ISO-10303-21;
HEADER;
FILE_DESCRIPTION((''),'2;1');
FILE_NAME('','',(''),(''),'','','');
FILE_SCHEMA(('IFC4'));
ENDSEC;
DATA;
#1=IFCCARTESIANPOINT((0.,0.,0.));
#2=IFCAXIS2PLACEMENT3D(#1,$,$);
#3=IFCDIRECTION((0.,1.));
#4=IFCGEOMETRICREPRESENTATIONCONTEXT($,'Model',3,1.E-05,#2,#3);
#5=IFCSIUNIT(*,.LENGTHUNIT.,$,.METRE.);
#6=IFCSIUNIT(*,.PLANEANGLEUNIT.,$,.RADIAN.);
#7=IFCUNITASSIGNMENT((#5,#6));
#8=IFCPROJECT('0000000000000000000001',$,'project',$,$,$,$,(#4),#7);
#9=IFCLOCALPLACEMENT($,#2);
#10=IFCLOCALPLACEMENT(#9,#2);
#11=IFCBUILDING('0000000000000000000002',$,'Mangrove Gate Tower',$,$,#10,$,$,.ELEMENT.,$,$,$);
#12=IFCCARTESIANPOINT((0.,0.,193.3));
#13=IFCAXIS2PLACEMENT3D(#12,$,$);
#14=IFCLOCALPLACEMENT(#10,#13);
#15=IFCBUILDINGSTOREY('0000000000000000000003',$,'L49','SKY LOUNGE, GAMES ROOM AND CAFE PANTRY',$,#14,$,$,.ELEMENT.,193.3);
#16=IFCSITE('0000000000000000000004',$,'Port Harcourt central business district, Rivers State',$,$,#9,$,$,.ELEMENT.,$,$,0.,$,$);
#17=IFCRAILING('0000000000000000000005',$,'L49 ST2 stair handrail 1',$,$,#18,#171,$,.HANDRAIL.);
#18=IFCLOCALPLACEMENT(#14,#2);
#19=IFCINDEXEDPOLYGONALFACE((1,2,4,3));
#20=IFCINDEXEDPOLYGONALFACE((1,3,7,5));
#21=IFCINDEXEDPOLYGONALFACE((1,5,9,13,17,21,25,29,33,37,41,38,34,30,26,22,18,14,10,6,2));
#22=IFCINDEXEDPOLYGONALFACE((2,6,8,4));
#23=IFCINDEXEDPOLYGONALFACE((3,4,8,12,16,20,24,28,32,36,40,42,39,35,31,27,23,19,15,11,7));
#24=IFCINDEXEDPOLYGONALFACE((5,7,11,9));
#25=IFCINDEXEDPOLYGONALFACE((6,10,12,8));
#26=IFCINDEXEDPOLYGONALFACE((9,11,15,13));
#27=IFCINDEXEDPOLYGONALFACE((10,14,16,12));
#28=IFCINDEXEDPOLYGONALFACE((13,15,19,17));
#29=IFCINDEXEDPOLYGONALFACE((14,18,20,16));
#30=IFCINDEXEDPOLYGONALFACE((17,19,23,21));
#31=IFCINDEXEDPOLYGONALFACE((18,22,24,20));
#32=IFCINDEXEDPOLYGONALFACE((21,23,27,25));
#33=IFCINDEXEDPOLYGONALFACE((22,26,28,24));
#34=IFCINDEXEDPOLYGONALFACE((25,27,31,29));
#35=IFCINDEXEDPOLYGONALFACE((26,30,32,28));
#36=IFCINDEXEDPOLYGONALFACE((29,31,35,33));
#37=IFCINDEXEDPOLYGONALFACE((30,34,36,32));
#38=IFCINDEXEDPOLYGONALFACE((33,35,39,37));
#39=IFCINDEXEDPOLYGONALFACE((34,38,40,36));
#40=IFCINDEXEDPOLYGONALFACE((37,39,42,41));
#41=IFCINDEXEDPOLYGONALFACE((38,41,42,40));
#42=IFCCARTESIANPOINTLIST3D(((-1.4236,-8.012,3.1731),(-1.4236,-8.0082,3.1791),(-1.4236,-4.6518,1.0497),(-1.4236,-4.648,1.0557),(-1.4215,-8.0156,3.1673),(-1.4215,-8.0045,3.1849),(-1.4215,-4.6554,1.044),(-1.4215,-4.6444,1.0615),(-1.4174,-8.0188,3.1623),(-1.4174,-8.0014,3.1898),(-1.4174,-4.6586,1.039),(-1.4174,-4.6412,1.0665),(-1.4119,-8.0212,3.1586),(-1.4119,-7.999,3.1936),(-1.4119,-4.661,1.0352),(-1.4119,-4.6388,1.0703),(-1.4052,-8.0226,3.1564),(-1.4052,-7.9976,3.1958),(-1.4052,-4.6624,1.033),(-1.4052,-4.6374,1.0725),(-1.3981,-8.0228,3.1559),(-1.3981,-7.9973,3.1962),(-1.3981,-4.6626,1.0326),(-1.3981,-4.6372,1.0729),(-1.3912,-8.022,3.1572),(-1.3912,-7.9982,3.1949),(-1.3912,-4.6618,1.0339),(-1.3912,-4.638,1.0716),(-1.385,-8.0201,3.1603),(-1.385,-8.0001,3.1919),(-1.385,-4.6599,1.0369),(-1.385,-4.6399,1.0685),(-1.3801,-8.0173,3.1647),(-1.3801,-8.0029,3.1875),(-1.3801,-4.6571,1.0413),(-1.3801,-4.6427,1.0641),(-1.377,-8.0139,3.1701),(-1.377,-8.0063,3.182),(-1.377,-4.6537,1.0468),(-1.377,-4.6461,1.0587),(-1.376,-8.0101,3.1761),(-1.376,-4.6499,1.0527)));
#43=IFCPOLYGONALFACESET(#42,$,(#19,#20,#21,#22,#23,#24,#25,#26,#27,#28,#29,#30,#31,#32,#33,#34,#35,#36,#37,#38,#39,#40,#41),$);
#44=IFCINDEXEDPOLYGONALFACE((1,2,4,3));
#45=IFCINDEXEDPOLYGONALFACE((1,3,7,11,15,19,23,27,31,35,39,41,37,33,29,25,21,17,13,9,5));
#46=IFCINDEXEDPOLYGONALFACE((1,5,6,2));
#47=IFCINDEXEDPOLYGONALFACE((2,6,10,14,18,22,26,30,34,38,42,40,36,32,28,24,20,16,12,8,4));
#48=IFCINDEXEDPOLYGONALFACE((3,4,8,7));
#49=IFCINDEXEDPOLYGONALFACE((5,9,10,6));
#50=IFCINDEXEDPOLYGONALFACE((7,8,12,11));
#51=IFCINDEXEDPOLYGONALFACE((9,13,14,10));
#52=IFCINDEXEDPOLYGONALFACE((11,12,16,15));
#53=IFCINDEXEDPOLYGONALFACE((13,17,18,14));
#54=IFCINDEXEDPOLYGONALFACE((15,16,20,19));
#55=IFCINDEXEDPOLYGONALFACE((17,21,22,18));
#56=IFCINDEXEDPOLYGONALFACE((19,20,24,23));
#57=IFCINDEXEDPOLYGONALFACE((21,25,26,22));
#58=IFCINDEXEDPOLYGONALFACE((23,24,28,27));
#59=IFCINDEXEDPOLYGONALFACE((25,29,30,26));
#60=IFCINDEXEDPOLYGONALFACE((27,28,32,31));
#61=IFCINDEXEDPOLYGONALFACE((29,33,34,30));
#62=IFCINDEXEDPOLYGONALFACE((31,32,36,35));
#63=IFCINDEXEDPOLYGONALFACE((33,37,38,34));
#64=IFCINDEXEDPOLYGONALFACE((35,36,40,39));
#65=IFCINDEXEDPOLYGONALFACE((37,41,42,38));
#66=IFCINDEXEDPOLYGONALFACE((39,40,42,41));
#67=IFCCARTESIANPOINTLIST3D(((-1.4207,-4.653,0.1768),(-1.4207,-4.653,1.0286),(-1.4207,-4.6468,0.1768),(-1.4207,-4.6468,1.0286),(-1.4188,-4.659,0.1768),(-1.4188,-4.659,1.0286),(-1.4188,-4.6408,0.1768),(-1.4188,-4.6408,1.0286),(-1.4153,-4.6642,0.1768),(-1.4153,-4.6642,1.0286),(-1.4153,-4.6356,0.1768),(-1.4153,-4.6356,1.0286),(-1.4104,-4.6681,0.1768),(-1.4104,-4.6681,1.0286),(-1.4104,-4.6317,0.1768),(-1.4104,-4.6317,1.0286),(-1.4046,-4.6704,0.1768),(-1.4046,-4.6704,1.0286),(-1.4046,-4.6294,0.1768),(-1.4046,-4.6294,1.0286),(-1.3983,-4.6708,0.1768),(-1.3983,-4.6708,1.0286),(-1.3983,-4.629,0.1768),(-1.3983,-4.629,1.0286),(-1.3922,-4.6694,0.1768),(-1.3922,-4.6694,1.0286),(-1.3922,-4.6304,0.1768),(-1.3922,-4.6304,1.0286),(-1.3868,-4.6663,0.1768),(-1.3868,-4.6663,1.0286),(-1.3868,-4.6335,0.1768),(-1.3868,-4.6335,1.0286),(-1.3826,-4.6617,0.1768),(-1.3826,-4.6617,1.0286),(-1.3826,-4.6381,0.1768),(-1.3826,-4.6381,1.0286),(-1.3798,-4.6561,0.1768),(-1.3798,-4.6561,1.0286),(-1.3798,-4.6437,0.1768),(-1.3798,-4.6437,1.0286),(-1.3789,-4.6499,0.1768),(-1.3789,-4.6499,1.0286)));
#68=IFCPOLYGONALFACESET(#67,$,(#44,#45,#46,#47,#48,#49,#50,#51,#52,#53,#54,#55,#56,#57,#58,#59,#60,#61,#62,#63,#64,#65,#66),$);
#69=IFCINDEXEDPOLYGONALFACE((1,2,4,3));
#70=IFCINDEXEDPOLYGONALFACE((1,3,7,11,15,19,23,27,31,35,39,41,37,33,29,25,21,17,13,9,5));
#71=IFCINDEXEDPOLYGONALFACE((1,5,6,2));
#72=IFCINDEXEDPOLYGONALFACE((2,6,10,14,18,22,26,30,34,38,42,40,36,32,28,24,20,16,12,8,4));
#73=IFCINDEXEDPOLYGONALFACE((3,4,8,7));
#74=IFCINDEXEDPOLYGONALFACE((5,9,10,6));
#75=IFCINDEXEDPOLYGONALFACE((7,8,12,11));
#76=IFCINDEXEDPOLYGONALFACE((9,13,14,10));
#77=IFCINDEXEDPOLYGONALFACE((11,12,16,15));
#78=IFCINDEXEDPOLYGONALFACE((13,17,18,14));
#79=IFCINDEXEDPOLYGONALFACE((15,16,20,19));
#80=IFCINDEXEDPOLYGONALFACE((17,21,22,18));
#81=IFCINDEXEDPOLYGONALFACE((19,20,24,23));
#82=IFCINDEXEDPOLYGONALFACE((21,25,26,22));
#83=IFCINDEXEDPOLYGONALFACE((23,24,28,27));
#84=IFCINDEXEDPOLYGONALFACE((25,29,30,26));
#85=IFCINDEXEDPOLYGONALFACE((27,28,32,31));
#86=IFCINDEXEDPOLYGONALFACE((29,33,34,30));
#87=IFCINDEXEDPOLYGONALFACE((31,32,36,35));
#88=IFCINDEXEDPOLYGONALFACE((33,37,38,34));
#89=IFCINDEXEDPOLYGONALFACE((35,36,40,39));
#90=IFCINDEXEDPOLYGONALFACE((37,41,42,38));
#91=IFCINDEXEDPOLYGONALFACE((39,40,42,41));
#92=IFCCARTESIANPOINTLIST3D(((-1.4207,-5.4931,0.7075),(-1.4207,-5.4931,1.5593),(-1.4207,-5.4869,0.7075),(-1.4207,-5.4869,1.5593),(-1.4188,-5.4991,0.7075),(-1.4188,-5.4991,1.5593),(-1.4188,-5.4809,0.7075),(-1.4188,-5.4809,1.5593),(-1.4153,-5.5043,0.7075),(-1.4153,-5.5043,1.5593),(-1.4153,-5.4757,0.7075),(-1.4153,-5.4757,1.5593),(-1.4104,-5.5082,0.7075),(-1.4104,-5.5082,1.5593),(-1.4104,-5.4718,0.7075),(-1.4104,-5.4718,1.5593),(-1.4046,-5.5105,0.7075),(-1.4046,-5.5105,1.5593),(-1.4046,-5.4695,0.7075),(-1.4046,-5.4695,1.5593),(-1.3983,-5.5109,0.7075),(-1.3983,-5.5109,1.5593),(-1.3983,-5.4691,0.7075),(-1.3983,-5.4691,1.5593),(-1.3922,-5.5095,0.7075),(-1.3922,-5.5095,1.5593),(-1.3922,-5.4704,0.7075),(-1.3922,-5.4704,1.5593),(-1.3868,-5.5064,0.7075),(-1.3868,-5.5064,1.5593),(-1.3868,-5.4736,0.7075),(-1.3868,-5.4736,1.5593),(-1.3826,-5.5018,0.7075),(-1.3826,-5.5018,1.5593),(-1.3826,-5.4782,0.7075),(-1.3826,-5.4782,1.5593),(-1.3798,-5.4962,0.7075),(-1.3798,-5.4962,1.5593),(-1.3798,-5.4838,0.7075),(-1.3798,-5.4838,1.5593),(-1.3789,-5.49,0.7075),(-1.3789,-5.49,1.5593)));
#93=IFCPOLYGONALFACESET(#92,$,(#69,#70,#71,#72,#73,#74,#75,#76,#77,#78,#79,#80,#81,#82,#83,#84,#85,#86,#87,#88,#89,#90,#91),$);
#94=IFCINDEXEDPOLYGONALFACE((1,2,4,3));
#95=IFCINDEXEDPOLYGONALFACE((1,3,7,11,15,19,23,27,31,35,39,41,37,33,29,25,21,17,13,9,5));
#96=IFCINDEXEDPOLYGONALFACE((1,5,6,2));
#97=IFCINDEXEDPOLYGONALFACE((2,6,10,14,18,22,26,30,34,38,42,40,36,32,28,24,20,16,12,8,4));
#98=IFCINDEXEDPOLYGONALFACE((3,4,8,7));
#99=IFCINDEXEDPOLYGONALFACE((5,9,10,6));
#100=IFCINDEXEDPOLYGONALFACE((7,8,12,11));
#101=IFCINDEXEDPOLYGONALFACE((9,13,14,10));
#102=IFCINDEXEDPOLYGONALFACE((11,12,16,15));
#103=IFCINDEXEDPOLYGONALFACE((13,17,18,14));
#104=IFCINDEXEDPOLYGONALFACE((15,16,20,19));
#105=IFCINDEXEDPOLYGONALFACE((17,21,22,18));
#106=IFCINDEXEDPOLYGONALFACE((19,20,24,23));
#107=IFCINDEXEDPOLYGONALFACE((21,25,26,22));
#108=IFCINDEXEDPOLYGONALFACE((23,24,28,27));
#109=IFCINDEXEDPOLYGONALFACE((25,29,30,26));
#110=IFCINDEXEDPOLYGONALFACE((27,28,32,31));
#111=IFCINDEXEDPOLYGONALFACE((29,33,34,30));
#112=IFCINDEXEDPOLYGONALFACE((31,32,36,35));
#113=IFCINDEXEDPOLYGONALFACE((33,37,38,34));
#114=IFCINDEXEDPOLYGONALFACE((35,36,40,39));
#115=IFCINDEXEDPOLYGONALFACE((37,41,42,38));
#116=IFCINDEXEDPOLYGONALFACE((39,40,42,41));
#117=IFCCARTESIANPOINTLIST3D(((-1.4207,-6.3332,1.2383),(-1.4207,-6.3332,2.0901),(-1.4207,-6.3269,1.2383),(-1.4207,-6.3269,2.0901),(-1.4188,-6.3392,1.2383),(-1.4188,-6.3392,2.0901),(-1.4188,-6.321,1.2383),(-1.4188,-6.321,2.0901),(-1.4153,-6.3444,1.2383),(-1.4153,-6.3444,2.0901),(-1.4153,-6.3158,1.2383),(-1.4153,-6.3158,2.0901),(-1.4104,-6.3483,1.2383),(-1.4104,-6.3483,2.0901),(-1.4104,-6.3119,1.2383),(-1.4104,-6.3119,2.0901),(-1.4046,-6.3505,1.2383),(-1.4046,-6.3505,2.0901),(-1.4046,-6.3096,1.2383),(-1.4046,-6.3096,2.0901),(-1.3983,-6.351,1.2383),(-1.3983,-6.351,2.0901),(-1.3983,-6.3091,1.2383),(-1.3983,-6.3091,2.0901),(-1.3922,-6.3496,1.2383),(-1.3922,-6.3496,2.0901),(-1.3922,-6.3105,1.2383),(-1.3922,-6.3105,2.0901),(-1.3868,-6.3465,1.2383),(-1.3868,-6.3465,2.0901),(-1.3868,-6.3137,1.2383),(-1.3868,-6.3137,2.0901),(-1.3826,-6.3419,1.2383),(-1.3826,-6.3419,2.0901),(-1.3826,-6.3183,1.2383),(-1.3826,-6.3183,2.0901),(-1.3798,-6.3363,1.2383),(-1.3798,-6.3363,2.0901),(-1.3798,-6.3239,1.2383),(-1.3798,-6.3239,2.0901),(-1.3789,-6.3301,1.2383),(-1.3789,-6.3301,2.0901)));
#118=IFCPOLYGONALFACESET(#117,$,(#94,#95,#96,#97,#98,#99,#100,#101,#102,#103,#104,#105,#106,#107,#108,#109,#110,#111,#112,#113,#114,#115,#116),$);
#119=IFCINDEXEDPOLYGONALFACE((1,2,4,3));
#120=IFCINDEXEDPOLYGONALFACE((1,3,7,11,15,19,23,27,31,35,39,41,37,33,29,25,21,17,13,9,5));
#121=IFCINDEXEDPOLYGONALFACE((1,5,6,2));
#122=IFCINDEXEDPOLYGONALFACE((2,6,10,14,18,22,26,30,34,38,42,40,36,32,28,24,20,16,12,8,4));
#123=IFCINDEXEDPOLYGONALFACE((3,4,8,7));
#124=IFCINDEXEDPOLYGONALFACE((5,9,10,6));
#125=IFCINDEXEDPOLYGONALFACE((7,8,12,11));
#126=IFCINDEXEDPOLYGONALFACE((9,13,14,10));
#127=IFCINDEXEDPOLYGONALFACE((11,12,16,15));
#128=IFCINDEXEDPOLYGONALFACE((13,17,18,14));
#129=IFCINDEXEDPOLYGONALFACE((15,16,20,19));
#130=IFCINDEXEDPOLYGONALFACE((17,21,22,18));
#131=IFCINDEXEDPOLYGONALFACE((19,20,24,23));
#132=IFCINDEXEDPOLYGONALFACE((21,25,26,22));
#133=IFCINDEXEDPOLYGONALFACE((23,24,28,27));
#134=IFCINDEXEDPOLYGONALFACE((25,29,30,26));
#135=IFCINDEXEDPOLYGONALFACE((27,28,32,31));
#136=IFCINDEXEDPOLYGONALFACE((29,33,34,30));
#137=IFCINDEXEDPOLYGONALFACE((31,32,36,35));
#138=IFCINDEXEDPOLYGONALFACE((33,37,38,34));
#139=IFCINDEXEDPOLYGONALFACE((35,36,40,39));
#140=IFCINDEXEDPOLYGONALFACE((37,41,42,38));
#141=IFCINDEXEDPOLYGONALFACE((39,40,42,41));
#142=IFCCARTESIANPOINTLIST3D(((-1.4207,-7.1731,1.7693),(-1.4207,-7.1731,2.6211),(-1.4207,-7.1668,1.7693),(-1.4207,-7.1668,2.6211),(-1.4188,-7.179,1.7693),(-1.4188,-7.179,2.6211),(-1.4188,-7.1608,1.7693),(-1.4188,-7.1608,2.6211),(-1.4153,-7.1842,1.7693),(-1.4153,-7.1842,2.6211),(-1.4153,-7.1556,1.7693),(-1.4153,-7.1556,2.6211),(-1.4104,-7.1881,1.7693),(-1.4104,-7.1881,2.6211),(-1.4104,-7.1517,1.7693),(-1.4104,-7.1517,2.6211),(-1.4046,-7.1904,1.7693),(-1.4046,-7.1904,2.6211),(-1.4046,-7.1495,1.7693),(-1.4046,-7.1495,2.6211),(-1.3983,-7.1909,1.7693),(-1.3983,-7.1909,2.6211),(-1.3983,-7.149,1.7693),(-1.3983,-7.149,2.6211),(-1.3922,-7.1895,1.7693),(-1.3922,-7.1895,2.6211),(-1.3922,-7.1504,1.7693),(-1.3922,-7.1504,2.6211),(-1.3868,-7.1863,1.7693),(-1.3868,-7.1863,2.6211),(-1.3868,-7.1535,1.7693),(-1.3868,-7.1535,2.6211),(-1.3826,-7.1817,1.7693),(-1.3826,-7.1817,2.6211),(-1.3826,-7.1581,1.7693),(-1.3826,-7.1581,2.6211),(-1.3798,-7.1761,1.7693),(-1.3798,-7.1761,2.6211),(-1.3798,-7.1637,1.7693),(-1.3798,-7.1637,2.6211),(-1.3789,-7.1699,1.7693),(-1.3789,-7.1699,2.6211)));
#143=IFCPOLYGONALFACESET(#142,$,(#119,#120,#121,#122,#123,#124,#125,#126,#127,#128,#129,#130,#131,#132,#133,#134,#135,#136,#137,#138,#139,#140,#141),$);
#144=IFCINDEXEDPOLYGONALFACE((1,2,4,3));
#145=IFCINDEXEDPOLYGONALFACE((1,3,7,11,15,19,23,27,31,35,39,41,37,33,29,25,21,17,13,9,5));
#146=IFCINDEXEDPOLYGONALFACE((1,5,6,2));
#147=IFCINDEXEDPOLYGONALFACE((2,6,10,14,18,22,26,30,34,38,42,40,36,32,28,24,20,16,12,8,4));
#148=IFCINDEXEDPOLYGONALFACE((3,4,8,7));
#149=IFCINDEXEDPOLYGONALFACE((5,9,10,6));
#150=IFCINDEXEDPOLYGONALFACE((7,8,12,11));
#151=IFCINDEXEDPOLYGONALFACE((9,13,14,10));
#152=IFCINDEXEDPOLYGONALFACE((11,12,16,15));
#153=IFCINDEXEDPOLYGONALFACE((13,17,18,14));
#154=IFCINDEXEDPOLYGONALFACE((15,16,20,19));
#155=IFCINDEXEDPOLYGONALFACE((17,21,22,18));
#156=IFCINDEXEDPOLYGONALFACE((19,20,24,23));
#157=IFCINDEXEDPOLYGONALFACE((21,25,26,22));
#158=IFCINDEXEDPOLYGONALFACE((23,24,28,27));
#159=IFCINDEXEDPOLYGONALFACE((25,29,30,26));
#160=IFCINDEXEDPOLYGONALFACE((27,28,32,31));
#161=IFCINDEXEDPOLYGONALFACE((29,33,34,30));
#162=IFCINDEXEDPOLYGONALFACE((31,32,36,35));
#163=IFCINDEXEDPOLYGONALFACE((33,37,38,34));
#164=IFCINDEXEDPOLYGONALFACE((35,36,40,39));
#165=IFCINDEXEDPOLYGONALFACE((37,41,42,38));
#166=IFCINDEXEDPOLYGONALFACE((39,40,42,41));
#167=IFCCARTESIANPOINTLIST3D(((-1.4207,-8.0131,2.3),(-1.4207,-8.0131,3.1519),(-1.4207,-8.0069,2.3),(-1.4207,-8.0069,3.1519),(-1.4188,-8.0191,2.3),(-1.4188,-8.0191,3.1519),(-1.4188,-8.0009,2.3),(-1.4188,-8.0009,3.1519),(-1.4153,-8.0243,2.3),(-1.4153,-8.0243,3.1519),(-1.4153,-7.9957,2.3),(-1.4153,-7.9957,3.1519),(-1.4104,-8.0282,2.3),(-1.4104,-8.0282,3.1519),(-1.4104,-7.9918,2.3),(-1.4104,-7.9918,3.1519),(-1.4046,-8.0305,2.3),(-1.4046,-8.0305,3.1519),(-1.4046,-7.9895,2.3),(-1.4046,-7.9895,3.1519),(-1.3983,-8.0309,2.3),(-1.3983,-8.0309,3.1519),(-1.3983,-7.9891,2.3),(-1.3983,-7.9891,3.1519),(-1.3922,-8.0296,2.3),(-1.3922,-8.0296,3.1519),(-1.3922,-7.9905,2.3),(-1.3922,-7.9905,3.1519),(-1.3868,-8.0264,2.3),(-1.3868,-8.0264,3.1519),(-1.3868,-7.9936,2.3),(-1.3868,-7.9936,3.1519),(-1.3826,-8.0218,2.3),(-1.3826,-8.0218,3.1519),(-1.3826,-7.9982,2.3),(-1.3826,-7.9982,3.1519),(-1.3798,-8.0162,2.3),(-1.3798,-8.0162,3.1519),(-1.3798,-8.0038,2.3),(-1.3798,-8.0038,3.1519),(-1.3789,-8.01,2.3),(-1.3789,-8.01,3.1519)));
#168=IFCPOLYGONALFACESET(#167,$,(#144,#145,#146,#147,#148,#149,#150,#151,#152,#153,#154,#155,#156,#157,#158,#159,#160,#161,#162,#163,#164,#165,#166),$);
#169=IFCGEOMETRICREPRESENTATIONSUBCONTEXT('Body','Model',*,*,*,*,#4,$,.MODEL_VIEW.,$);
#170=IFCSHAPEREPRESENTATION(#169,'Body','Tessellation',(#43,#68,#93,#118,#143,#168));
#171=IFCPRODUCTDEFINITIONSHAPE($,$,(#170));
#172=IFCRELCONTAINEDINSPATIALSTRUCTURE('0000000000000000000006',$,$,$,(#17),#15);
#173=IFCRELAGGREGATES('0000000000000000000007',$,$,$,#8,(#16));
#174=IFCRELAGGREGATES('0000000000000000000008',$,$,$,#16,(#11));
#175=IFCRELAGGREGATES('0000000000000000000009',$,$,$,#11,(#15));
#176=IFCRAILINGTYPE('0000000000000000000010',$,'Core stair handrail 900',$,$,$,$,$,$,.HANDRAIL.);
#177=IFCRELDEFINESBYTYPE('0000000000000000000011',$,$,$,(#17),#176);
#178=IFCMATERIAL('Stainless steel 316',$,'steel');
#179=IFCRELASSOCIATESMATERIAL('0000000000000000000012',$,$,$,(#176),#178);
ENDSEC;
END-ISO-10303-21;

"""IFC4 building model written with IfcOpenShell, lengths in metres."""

from ifc_helpers import new_model, si_unit, direction, frame, origin, origin_2d, place, context, subcontext, project, spatial, circle, extrude, material, type_object, element, save


model = new_model("IFC4")

# Units and contexts
model_context = context("Model", 3, precision=1e-05, world=origin(), true_north=direction((0.0, 1.0)))
body_context = subcontext(model_context, "Body", "Model", "MODEL_VIEW")
ifc_project = project(units=[si_unit("LENGTHUNIT", "METRE"), si_unit("PLANEANGLEUNIT", "RADIAN")], contexts=[model_context])

# Site, building, storey
site_placement = place(None, origin())
site = spatial("IfcSite", under=ifc_project, at=site_placement, Name="Port Harcourt central business district, Rivers State", CompositionType="ELEMENT", RefElevation=0.0)
building_placement = place(site_placement, origin())
building = spatial("IfcBuilding", under=site, at=building_placement, Name="Mangrove Gate Tower", CompositionType="ELEMENT")
storey_placement = place(building_placement, frame((0.0, 0.0, 193.3)))
storey = spatial("IfcBuildingStorey", under=building, at=storey_placement, Name="L49", Description="SKY LOUNGE, GAMES ROOM AND CAFE PANTRY", CompositionType="ELEMENT", Elevation=193.3)

# Railing
ifc_material_1 = material(Name="Stainless steel 316", Category="steel")
railing_type_1 = type_object("IfcRailingType", Name="Core stair handrail 900", PredefinedType="HANDRAIL", material=ifc_material_1)
railing_1_placement = place(storey_placement, frame((-1.3999, -4.6499, 0.1768)))
element("IfcRailing", 1, at=railing_1_placement, inside=storey, type_object=railing_type_1, Name="L49 ST2 stair handrail 1", PredefinedType="HANDRAIL", context=body_context, shape_type="SweptSolid", body=[
    extrude(circle(Radius=0.0239, at=origin_2d()), frame((0.0, 0.0, 0.876), z_axis=(0.0, -0.845362, 0.534194), x_axis=(1.0, 0.0, 0.0)), (0.0, 0.0, 1.0), 3.9749),
    extrude(circle(Radius=0.021, at=origin_2d()), origin(), (0.0, 0.0, 1.0), 0.8518),
    extrude(circle(Radius=0.021, at=origin_2d()), frame((0.0, -0.8401, 0.5308)), (0.0, 0.0, 1.0), 0.8518),
    extrude(circle(Radius=0.021, at=origin_2d()), frame((0.0, -1.6802, 1.0615)), (0.0, 0.0, 1.0), 0.8518),
    extrude(circle(Radius=0.021, at=origin_2d()), frame((0.0, -2.52, 1.5925)), (0.0, 0.0, 1.0), 0.8518),
    extrude(circle(Radius=0.021, at=origin_2d()), frame((0.0, -3.3601, 2.1233)), (0.0, 0.0, 1.0), 0.8518),
])

save(model, "model.ifc")
